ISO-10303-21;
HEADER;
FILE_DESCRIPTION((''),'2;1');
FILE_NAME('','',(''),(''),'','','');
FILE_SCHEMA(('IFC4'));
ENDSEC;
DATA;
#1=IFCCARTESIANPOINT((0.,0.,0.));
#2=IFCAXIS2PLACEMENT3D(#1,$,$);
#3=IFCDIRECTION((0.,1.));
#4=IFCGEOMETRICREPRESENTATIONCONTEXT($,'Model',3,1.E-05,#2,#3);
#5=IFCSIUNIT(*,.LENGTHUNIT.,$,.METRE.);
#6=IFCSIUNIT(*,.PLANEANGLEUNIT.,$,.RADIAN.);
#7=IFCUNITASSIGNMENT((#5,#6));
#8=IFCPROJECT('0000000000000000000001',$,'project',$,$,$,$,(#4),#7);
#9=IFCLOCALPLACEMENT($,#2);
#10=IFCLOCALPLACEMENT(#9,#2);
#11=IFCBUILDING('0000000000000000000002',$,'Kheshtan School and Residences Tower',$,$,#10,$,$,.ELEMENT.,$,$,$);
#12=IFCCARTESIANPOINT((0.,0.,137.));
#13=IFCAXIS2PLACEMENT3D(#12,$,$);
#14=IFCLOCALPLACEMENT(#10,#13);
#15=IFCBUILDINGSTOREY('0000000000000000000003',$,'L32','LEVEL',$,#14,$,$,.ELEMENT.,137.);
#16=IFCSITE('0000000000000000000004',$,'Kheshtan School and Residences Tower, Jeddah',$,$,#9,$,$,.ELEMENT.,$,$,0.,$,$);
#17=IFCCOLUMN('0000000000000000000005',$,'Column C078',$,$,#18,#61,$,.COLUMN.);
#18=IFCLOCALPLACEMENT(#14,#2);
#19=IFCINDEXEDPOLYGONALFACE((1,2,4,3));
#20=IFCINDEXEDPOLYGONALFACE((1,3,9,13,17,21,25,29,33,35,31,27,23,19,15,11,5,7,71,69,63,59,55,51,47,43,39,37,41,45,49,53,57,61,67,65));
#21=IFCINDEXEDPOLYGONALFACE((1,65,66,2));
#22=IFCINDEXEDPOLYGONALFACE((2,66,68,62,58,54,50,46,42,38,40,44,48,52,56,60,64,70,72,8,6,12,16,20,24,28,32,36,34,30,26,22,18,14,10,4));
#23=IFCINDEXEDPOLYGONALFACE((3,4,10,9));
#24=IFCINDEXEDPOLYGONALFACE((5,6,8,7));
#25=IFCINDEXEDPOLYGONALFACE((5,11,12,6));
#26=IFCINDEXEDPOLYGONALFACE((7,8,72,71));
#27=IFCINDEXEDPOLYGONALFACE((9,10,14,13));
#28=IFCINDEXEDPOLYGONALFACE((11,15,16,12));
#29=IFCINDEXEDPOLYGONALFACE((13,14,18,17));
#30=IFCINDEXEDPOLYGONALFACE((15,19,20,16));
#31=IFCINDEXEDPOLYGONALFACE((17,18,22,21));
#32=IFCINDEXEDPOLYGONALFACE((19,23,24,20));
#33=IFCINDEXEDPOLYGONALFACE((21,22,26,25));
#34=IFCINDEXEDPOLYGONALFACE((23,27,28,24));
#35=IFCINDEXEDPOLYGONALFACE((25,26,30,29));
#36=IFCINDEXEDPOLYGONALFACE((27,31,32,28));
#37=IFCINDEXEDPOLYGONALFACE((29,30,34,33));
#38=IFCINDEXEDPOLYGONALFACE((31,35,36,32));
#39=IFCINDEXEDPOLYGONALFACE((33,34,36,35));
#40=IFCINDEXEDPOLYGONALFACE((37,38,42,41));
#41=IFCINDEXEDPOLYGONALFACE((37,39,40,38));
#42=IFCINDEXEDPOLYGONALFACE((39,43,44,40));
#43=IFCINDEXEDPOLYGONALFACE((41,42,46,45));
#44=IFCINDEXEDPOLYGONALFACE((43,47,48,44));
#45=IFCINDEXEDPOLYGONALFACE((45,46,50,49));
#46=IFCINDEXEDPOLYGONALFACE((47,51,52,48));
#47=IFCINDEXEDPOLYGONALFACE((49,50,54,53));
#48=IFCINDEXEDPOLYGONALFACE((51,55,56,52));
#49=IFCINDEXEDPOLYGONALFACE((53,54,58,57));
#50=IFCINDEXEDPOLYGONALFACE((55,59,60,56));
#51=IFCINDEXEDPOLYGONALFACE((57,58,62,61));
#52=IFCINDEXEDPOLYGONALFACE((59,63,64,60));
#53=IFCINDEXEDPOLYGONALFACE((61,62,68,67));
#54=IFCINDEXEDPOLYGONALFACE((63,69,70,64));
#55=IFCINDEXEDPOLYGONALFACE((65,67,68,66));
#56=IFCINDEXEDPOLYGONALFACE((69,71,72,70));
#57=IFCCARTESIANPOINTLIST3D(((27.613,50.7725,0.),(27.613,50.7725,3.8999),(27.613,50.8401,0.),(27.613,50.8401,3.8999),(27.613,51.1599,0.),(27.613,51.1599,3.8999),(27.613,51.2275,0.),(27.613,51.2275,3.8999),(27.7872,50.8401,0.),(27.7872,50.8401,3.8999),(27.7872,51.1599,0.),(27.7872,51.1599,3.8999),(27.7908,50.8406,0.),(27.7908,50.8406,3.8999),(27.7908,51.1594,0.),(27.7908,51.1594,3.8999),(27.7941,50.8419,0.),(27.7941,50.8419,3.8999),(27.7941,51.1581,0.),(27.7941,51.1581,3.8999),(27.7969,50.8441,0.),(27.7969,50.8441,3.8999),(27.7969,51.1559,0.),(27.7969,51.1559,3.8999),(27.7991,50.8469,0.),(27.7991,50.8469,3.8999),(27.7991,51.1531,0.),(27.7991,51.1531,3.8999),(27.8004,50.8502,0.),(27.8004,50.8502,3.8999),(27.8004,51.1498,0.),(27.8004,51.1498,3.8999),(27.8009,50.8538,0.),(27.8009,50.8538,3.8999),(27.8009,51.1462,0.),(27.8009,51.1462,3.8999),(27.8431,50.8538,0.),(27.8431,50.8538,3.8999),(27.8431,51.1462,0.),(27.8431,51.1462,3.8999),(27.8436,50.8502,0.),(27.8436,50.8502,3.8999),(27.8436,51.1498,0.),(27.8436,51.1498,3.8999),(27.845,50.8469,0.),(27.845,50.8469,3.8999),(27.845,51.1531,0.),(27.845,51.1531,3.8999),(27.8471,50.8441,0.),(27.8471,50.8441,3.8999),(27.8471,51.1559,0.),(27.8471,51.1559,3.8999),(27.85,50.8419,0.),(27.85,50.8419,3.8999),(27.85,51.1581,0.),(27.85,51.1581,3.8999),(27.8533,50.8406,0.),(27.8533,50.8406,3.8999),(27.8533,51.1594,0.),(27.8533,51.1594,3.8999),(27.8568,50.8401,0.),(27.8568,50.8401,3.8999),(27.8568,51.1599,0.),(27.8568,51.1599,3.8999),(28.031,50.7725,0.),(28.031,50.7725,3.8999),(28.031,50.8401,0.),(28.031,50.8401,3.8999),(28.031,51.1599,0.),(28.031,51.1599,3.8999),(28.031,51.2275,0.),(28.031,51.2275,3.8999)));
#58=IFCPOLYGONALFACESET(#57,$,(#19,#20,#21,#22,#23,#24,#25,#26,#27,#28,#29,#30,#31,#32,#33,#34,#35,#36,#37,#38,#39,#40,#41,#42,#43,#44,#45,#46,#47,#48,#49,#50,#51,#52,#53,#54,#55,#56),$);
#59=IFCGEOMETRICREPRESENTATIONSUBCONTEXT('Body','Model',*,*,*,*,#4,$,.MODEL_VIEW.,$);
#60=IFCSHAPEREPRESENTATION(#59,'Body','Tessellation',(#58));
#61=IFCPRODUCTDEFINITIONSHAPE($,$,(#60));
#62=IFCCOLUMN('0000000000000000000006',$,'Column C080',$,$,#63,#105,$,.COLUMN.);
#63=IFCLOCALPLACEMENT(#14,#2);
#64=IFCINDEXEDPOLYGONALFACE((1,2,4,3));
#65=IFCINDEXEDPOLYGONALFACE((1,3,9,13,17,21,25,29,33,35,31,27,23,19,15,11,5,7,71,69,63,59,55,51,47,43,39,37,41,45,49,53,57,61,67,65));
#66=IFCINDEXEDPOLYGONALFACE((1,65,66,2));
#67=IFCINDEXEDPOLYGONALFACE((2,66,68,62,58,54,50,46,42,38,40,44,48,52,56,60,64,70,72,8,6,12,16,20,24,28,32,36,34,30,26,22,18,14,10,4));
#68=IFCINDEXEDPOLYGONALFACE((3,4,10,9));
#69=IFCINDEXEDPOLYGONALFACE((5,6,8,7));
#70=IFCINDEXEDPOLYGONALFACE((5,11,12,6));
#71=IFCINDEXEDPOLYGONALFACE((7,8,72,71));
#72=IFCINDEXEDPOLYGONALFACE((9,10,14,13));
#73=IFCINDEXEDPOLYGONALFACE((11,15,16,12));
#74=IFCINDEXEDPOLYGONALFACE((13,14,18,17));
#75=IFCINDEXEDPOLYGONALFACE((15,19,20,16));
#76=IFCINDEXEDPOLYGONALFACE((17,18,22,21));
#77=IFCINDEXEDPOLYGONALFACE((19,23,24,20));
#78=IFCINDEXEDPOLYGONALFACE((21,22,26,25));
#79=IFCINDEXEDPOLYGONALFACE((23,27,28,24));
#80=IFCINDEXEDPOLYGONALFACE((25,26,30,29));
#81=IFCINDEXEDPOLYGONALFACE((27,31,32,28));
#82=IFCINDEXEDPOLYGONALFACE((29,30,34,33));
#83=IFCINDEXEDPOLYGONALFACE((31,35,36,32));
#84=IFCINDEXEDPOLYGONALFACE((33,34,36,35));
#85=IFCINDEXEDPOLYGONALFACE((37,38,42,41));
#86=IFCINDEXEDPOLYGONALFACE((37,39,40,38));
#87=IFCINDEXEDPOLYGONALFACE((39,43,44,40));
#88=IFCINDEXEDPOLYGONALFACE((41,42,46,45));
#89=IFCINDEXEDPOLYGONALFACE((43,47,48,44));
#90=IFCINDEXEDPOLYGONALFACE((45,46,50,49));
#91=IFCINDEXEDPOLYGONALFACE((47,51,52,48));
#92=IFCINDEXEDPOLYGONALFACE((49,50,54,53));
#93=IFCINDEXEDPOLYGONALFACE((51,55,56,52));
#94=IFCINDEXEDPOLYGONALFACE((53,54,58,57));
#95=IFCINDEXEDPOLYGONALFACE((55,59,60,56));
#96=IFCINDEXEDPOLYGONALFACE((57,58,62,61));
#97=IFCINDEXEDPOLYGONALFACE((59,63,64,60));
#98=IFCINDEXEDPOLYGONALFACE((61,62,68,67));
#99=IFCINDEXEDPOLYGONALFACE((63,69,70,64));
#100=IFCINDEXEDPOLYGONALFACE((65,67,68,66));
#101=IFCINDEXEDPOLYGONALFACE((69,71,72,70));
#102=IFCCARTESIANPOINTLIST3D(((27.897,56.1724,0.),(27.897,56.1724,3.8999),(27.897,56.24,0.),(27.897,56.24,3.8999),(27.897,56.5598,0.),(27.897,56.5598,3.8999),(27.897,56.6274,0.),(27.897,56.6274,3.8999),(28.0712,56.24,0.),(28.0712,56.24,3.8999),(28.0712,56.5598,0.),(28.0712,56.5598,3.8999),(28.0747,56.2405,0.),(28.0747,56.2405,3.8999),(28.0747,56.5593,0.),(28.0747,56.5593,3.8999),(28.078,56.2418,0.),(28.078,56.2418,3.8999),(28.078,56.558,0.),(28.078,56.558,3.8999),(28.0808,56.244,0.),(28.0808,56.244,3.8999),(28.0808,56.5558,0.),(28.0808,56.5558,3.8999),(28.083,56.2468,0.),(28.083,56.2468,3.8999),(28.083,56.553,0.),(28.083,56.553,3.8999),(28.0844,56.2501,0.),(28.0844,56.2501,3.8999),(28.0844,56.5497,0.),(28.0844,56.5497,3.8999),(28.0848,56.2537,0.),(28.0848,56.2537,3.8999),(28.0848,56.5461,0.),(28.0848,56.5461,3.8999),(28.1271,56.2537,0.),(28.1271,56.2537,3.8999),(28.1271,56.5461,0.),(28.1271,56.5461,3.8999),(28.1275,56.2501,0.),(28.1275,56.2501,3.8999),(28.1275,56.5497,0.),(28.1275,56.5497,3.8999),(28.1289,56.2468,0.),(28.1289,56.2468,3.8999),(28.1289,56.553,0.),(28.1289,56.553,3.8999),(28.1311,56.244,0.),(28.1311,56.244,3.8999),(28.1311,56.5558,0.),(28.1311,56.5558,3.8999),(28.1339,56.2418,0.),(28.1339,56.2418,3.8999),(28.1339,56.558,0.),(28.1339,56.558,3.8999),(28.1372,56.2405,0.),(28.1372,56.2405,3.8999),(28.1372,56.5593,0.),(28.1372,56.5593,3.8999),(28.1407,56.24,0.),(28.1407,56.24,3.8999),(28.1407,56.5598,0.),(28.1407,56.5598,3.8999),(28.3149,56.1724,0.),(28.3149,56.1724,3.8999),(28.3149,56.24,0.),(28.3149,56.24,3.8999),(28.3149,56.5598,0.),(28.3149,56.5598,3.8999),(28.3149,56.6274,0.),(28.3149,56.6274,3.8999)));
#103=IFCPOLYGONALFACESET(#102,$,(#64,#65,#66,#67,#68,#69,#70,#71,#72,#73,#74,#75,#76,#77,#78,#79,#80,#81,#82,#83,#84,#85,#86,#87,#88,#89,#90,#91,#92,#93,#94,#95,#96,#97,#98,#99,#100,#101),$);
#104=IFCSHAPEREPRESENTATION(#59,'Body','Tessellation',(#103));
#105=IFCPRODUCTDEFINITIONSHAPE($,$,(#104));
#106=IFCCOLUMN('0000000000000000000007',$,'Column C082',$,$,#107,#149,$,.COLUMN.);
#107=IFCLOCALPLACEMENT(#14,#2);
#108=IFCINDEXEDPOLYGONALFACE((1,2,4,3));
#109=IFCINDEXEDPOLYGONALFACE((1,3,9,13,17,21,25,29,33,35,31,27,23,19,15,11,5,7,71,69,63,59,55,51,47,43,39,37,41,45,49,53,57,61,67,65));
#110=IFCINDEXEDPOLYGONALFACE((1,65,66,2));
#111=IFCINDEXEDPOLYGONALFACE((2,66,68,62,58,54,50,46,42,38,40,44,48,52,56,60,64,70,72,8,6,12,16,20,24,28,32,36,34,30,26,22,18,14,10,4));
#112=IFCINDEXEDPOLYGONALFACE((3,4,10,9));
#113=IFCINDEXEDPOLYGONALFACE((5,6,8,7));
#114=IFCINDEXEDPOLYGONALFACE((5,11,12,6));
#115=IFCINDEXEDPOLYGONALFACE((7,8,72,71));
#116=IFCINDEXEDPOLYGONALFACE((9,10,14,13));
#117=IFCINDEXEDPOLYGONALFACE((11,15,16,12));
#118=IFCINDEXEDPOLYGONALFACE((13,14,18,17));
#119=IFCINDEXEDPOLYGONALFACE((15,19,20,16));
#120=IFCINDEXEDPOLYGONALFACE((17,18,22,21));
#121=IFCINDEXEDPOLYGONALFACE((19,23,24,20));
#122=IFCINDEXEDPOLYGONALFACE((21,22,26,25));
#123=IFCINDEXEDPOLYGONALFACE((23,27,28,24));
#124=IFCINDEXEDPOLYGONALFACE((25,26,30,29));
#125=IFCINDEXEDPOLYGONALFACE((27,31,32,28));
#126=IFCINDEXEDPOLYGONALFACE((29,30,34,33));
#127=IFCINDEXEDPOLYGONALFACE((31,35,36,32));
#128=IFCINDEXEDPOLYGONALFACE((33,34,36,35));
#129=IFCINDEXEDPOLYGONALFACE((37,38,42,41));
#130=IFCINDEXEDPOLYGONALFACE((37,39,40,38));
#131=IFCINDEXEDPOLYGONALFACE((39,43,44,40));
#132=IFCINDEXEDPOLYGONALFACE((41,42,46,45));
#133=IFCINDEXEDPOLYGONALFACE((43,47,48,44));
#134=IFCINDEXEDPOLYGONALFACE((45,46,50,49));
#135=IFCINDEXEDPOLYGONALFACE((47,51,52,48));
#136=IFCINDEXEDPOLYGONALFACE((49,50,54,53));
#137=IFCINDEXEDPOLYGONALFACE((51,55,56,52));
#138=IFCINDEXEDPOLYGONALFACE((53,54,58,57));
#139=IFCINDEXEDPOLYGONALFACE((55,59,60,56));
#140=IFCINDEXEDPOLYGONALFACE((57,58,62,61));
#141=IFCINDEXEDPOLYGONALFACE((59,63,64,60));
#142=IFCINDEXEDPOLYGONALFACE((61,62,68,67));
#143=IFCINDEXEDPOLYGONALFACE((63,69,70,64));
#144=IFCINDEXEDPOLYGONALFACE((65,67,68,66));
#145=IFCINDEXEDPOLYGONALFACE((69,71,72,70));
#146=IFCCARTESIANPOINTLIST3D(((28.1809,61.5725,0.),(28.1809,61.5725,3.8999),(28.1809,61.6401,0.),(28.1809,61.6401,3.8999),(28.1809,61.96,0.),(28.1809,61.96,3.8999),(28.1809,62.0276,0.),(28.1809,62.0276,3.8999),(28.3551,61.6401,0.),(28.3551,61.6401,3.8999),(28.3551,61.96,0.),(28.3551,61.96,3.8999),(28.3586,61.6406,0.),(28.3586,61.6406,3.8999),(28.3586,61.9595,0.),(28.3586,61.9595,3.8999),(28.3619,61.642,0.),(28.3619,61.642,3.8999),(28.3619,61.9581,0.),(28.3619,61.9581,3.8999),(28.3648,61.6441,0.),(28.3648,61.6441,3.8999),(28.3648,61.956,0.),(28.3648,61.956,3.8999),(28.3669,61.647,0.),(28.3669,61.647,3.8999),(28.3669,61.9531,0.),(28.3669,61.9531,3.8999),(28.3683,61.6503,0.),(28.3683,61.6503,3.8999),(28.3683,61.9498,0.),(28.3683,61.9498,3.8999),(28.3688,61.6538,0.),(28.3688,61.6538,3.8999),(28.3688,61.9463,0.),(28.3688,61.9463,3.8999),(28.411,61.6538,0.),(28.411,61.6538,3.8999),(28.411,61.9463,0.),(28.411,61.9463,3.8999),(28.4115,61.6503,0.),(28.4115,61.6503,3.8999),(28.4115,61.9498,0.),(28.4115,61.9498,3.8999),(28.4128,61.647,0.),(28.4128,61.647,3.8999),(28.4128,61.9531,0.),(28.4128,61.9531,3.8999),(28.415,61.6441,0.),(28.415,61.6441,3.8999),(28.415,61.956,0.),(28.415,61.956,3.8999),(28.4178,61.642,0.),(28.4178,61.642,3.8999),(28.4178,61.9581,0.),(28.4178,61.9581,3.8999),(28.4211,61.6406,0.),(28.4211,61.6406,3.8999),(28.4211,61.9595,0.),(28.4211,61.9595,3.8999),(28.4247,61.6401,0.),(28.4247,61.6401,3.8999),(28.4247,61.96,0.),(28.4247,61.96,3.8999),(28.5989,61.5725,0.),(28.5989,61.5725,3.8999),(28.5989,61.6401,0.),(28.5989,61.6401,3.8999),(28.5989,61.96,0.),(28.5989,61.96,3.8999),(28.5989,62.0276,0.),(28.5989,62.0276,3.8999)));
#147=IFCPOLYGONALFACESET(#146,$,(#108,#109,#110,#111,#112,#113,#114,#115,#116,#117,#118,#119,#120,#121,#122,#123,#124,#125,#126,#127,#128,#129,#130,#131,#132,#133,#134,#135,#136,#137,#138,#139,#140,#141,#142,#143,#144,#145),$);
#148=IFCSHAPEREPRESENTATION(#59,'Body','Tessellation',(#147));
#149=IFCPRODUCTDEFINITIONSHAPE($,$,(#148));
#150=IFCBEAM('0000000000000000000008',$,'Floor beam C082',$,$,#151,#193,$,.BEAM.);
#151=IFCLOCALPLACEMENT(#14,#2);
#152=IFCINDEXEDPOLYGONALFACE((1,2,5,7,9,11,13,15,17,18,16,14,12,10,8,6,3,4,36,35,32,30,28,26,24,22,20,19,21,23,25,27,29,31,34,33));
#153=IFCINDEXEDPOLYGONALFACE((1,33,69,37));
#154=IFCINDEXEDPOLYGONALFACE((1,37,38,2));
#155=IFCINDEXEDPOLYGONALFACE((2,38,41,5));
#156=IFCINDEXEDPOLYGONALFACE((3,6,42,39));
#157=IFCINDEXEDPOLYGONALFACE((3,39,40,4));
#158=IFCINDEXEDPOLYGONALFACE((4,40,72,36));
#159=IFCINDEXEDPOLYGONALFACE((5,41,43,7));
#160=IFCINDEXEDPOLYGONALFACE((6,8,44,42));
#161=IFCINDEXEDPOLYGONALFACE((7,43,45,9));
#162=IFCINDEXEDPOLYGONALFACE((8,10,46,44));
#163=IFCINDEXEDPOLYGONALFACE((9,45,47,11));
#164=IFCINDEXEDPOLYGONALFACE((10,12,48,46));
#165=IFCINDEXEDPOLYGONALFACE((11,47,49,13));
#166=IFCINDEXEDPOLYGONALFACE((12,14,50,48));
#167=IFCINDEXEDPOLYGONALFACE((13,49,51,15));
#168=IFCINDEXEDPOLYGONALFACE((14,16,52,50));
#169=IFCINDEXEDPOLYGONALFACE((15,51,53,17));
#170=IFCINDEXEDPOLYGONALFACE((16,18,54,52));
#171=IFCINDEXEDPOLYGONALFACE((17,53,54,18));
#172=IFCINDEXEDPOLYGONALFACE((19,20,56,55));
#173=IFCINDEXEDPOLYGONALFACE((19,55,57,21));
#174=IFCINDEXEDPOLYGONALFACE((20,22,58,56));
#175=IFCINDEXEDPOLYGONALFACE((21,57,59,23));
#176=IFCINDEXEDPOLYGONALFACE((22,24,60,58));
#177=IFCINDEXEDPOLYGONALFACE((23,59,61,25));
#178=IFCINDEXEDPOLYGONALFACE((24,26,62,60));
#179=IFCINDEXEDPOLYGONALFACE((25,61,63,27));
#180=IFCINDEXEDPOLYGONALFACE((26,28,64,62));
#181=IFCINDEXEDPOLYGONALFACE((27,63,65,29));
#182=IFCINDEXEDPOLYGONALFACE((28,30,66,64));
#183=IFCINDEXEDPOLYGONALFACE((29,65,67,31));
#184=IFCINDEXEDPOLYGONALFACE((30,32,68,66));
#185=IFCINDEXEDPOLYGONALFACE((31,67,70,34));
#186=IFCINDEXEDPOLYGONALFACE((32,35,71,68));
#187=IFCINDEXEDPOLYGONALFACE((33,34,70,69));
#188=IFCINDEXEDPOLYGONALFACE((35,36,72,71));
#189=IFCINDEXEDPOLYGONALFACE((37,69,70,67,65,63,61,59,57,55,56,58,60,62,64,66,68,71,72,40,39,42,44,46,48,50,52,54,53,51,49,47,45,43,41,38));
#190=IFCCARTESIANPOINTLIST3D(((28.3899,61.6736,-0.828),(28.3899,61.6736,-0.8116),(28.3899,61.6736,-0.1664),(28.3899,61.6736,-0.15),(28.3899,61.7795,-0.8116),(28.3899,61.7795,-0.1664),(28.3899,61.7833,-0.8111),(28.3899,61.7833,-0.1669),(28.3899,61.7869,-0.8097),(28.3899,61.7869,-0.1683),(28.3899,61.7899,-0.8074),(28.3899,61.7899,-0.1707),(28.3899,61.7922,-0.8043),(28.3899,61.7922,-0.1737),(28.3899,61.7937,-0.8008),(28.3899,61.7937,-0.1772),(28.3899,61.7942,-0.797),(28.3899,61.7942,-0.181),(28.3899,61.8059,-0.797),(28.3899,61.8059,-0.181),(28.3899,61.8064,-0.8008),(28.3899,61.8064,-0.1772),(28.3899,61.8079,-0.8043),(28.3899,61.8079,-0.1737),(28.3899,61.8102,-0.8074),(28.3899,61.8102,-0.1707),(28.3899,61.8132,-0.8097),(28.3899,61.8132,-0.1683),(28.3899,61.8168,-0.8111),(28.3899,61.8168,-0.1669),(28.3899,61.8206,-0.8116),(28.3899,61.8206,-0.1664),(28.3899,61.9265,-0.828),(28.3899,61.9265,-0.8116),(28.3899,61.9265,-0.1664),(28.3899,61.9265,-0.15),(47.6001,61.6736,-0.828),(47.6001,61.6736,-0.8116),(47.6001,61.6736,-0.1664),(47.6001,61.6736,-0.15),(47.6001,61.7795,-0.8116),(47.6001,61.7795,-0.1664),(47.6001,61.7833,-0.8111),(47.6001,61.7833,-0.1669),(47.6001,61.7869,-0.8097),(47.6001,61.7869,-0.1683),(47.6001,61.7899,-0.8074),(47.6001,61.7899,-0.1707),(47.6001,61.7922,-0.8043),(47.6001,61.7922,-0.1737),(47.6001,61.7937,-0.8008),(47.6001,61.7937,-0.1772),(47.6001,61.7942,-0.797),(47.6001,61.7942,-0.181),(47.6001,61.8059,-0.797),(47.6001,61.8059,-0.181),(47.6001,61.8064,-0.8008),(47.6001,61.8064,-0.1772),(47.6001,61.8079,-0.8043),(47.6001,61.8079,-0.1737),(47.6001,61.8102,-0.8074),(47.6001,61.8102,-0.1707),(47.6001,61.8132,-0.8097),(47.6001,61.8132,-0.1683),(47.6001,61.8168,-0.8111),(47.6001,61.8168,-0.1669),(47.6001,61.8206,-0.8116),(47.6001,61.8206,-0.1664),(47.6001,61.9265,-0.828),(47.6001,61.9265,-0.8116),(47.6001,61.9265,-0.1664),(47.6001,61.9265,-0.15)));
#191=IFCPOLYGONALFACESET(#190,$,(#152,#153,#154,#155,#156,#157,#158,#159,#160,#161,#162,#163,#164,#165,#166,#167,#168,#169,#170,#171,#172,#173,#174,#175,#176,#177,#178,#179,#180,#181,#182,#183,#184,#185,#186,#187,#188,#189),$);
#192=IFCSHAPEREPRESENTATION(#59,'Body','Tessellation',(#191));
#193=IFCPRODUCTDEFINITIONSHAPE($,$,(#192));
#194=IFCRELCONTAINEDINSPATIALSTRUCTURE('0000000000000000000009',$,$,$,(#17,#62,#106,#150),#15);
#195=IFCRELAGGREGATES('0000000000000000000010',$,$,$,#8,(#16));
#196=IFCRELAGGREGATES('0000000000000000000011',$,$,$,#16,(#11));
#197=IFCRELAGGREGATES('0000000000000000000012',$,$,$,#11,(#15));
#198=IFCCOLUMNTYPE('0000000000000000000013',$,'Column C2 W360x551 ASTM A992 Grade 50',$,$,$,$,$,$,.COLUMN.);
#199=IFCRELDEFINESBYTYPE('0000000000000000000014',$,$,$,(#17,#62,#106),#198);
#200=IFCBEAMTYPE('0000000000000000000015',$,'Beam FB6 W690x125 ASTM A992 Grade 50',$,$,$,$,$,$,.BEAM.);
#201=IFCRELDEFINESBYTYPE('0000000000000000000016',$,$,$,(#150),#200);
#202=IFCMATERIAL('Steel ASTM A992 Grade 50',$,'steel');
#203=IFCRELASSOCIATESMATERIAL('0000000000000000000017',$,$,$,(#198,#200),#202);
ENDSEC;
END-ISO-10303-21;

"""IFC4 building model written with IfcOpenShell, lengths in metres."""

from ifc_helpers import new_model, si_unit, direction, frame, origin, origin_2d, place, context, subcontext, project, spatial, i_section, extrude, material, material_profile, profile_set, type_object, element, save


model = new_model("IFC4")

# Units and contexts
model_context = context("Model", 3, precision=1e-05, world=origin(), true_north=direction((0.0, 1.0)))
body_context = subcontext(model_context, "Body", "Model", "MODEL_VIEW")
ifc_project = project(units=[si_unit("LENGTHUNIT", "METRE"), si_unit("PLANEANGLEUNIT", "RADIAN")], contexts=[model_context])

# Site, building, storey
site_placement = place(None, origin())
site = spatial("IfcSite", under=ifc_project, at=site_placement, Name="Kheshtan School and Residences Tower, Jeddah", CompositionType="ELEMENT", RefElevation=0.0)
building_placement = place(site_placement, origin())
building = spatial("IfcBuilding", under=site, at=building_placement, Name="Kheshtan School and Residences Tower", CompositionType="ELEMENT")
storey_placement = place(building_placement, frame((0.0, 0.0, 137.0)))
storey = spatial("IfcBuildingStorey", under=building, at=storey_placement, Name="L32", Description="LEVEL", CompositionType="ELEMENT", Elevation=137.0)

# Columns
ifc_material_1 = material(Name="Steel ASTM A992 Grade 50", Category="steel")
ifc_material_profile_1 = material_profile(ifc_material_1, i_section(OverallWidth=0.418, OverallDepth=0.4551, WebThickness=0.0422, FlangeThickness=0.0676, FilletRadius=0.0137, at=origin_2d()), Name="W360x551")
ifc_profile_set_1 = profile_set([ifc_material_profile_1], Name="Steel ASTM A992 Grade 50")
column_type = type_object("IfcColumnType", Name="Column C2 W360x551 ASTM A992 Grade 50", PredefinedType="COLUMN", material=ifc_profile_set_1)
for number, where, z_axis, x_axis, name in (
    (1, (27.822, 51.0, 0.0), (0.0, 0.0, 1.0), (1.0, 0.0, 0.0), "Column C078"),
    (2, (28.106, 56.3999, 0.0), (0.0, 0.0, 1.0), (1.0, 0.0, 0.0), "Column C080"),
    (3, (28.3899, 61.8, 0.0), (0.0, 0.0, 1.0), (1.0, 0.0, 0.0), "Column C082"),
):
    element("IfcColumn", number, at=place(storey_placement, frame(where, z_axis=z_axis, x_axis=x_axis)), inside=storey, type_object=column_type, Name=name, PredefinedType="COLUMN", context=body_context, shape_type="SweptSolid", body=[
        extrude(i_section(OverallWidth=0.418, OverallDepth=0.4551, WebThickness=0.0422, FlangeThickness=0.0676, FilletRadius=0.0137, at=origin_2d()), origin(), (0.0, 0.0, 1.0), 3.8999),
    ])

# Beam
ifc_material_profile_2 = material_profile(ifc_material_1, i_section(OverallWidth=0.2529, OverallDepth=0.678, WebThickness=0.0117, FlangeThickness=0.0164, FilletRadius=0.0146, at=origin_2d()), Name="W690x125")
ifc_profile_set_2 = profile_set([ifc_material_profile_2], Name="Steel ASTM A992 Grade 50")
beam_type_1 = type_object("IfcBeamType", Name="Beam FB6 W690x125 ASTM A992 Grade 50", PredefinedType="BEAM", material=ifc_profile_set_2)
beam_1_placement = place(storey_placement, frame((28.3899, 61.8, -0.489), z_axis=(1.0, 0.0, 0.0), x_axis=(0.0, 1.0, 0.0)))
element("IfcBeam", 4, at=beam_1_placement, inside=storey, type_object=beam_type_1, Name="Floor beam C082", PredefinedType="BEAM", context=body_context, shape_type="SweptSolid", body=[
    extrude(i_section(OverallWidth=0.2529, OverallDepth=0.678, WebThickness=0.0117, FlangeThickness=0.0164, FilletRadius=0.0146, at=origin_2d()), origin(), (0.0, 0.0, 1.0), 19.2102),
])

save(model, "model.ifc")
